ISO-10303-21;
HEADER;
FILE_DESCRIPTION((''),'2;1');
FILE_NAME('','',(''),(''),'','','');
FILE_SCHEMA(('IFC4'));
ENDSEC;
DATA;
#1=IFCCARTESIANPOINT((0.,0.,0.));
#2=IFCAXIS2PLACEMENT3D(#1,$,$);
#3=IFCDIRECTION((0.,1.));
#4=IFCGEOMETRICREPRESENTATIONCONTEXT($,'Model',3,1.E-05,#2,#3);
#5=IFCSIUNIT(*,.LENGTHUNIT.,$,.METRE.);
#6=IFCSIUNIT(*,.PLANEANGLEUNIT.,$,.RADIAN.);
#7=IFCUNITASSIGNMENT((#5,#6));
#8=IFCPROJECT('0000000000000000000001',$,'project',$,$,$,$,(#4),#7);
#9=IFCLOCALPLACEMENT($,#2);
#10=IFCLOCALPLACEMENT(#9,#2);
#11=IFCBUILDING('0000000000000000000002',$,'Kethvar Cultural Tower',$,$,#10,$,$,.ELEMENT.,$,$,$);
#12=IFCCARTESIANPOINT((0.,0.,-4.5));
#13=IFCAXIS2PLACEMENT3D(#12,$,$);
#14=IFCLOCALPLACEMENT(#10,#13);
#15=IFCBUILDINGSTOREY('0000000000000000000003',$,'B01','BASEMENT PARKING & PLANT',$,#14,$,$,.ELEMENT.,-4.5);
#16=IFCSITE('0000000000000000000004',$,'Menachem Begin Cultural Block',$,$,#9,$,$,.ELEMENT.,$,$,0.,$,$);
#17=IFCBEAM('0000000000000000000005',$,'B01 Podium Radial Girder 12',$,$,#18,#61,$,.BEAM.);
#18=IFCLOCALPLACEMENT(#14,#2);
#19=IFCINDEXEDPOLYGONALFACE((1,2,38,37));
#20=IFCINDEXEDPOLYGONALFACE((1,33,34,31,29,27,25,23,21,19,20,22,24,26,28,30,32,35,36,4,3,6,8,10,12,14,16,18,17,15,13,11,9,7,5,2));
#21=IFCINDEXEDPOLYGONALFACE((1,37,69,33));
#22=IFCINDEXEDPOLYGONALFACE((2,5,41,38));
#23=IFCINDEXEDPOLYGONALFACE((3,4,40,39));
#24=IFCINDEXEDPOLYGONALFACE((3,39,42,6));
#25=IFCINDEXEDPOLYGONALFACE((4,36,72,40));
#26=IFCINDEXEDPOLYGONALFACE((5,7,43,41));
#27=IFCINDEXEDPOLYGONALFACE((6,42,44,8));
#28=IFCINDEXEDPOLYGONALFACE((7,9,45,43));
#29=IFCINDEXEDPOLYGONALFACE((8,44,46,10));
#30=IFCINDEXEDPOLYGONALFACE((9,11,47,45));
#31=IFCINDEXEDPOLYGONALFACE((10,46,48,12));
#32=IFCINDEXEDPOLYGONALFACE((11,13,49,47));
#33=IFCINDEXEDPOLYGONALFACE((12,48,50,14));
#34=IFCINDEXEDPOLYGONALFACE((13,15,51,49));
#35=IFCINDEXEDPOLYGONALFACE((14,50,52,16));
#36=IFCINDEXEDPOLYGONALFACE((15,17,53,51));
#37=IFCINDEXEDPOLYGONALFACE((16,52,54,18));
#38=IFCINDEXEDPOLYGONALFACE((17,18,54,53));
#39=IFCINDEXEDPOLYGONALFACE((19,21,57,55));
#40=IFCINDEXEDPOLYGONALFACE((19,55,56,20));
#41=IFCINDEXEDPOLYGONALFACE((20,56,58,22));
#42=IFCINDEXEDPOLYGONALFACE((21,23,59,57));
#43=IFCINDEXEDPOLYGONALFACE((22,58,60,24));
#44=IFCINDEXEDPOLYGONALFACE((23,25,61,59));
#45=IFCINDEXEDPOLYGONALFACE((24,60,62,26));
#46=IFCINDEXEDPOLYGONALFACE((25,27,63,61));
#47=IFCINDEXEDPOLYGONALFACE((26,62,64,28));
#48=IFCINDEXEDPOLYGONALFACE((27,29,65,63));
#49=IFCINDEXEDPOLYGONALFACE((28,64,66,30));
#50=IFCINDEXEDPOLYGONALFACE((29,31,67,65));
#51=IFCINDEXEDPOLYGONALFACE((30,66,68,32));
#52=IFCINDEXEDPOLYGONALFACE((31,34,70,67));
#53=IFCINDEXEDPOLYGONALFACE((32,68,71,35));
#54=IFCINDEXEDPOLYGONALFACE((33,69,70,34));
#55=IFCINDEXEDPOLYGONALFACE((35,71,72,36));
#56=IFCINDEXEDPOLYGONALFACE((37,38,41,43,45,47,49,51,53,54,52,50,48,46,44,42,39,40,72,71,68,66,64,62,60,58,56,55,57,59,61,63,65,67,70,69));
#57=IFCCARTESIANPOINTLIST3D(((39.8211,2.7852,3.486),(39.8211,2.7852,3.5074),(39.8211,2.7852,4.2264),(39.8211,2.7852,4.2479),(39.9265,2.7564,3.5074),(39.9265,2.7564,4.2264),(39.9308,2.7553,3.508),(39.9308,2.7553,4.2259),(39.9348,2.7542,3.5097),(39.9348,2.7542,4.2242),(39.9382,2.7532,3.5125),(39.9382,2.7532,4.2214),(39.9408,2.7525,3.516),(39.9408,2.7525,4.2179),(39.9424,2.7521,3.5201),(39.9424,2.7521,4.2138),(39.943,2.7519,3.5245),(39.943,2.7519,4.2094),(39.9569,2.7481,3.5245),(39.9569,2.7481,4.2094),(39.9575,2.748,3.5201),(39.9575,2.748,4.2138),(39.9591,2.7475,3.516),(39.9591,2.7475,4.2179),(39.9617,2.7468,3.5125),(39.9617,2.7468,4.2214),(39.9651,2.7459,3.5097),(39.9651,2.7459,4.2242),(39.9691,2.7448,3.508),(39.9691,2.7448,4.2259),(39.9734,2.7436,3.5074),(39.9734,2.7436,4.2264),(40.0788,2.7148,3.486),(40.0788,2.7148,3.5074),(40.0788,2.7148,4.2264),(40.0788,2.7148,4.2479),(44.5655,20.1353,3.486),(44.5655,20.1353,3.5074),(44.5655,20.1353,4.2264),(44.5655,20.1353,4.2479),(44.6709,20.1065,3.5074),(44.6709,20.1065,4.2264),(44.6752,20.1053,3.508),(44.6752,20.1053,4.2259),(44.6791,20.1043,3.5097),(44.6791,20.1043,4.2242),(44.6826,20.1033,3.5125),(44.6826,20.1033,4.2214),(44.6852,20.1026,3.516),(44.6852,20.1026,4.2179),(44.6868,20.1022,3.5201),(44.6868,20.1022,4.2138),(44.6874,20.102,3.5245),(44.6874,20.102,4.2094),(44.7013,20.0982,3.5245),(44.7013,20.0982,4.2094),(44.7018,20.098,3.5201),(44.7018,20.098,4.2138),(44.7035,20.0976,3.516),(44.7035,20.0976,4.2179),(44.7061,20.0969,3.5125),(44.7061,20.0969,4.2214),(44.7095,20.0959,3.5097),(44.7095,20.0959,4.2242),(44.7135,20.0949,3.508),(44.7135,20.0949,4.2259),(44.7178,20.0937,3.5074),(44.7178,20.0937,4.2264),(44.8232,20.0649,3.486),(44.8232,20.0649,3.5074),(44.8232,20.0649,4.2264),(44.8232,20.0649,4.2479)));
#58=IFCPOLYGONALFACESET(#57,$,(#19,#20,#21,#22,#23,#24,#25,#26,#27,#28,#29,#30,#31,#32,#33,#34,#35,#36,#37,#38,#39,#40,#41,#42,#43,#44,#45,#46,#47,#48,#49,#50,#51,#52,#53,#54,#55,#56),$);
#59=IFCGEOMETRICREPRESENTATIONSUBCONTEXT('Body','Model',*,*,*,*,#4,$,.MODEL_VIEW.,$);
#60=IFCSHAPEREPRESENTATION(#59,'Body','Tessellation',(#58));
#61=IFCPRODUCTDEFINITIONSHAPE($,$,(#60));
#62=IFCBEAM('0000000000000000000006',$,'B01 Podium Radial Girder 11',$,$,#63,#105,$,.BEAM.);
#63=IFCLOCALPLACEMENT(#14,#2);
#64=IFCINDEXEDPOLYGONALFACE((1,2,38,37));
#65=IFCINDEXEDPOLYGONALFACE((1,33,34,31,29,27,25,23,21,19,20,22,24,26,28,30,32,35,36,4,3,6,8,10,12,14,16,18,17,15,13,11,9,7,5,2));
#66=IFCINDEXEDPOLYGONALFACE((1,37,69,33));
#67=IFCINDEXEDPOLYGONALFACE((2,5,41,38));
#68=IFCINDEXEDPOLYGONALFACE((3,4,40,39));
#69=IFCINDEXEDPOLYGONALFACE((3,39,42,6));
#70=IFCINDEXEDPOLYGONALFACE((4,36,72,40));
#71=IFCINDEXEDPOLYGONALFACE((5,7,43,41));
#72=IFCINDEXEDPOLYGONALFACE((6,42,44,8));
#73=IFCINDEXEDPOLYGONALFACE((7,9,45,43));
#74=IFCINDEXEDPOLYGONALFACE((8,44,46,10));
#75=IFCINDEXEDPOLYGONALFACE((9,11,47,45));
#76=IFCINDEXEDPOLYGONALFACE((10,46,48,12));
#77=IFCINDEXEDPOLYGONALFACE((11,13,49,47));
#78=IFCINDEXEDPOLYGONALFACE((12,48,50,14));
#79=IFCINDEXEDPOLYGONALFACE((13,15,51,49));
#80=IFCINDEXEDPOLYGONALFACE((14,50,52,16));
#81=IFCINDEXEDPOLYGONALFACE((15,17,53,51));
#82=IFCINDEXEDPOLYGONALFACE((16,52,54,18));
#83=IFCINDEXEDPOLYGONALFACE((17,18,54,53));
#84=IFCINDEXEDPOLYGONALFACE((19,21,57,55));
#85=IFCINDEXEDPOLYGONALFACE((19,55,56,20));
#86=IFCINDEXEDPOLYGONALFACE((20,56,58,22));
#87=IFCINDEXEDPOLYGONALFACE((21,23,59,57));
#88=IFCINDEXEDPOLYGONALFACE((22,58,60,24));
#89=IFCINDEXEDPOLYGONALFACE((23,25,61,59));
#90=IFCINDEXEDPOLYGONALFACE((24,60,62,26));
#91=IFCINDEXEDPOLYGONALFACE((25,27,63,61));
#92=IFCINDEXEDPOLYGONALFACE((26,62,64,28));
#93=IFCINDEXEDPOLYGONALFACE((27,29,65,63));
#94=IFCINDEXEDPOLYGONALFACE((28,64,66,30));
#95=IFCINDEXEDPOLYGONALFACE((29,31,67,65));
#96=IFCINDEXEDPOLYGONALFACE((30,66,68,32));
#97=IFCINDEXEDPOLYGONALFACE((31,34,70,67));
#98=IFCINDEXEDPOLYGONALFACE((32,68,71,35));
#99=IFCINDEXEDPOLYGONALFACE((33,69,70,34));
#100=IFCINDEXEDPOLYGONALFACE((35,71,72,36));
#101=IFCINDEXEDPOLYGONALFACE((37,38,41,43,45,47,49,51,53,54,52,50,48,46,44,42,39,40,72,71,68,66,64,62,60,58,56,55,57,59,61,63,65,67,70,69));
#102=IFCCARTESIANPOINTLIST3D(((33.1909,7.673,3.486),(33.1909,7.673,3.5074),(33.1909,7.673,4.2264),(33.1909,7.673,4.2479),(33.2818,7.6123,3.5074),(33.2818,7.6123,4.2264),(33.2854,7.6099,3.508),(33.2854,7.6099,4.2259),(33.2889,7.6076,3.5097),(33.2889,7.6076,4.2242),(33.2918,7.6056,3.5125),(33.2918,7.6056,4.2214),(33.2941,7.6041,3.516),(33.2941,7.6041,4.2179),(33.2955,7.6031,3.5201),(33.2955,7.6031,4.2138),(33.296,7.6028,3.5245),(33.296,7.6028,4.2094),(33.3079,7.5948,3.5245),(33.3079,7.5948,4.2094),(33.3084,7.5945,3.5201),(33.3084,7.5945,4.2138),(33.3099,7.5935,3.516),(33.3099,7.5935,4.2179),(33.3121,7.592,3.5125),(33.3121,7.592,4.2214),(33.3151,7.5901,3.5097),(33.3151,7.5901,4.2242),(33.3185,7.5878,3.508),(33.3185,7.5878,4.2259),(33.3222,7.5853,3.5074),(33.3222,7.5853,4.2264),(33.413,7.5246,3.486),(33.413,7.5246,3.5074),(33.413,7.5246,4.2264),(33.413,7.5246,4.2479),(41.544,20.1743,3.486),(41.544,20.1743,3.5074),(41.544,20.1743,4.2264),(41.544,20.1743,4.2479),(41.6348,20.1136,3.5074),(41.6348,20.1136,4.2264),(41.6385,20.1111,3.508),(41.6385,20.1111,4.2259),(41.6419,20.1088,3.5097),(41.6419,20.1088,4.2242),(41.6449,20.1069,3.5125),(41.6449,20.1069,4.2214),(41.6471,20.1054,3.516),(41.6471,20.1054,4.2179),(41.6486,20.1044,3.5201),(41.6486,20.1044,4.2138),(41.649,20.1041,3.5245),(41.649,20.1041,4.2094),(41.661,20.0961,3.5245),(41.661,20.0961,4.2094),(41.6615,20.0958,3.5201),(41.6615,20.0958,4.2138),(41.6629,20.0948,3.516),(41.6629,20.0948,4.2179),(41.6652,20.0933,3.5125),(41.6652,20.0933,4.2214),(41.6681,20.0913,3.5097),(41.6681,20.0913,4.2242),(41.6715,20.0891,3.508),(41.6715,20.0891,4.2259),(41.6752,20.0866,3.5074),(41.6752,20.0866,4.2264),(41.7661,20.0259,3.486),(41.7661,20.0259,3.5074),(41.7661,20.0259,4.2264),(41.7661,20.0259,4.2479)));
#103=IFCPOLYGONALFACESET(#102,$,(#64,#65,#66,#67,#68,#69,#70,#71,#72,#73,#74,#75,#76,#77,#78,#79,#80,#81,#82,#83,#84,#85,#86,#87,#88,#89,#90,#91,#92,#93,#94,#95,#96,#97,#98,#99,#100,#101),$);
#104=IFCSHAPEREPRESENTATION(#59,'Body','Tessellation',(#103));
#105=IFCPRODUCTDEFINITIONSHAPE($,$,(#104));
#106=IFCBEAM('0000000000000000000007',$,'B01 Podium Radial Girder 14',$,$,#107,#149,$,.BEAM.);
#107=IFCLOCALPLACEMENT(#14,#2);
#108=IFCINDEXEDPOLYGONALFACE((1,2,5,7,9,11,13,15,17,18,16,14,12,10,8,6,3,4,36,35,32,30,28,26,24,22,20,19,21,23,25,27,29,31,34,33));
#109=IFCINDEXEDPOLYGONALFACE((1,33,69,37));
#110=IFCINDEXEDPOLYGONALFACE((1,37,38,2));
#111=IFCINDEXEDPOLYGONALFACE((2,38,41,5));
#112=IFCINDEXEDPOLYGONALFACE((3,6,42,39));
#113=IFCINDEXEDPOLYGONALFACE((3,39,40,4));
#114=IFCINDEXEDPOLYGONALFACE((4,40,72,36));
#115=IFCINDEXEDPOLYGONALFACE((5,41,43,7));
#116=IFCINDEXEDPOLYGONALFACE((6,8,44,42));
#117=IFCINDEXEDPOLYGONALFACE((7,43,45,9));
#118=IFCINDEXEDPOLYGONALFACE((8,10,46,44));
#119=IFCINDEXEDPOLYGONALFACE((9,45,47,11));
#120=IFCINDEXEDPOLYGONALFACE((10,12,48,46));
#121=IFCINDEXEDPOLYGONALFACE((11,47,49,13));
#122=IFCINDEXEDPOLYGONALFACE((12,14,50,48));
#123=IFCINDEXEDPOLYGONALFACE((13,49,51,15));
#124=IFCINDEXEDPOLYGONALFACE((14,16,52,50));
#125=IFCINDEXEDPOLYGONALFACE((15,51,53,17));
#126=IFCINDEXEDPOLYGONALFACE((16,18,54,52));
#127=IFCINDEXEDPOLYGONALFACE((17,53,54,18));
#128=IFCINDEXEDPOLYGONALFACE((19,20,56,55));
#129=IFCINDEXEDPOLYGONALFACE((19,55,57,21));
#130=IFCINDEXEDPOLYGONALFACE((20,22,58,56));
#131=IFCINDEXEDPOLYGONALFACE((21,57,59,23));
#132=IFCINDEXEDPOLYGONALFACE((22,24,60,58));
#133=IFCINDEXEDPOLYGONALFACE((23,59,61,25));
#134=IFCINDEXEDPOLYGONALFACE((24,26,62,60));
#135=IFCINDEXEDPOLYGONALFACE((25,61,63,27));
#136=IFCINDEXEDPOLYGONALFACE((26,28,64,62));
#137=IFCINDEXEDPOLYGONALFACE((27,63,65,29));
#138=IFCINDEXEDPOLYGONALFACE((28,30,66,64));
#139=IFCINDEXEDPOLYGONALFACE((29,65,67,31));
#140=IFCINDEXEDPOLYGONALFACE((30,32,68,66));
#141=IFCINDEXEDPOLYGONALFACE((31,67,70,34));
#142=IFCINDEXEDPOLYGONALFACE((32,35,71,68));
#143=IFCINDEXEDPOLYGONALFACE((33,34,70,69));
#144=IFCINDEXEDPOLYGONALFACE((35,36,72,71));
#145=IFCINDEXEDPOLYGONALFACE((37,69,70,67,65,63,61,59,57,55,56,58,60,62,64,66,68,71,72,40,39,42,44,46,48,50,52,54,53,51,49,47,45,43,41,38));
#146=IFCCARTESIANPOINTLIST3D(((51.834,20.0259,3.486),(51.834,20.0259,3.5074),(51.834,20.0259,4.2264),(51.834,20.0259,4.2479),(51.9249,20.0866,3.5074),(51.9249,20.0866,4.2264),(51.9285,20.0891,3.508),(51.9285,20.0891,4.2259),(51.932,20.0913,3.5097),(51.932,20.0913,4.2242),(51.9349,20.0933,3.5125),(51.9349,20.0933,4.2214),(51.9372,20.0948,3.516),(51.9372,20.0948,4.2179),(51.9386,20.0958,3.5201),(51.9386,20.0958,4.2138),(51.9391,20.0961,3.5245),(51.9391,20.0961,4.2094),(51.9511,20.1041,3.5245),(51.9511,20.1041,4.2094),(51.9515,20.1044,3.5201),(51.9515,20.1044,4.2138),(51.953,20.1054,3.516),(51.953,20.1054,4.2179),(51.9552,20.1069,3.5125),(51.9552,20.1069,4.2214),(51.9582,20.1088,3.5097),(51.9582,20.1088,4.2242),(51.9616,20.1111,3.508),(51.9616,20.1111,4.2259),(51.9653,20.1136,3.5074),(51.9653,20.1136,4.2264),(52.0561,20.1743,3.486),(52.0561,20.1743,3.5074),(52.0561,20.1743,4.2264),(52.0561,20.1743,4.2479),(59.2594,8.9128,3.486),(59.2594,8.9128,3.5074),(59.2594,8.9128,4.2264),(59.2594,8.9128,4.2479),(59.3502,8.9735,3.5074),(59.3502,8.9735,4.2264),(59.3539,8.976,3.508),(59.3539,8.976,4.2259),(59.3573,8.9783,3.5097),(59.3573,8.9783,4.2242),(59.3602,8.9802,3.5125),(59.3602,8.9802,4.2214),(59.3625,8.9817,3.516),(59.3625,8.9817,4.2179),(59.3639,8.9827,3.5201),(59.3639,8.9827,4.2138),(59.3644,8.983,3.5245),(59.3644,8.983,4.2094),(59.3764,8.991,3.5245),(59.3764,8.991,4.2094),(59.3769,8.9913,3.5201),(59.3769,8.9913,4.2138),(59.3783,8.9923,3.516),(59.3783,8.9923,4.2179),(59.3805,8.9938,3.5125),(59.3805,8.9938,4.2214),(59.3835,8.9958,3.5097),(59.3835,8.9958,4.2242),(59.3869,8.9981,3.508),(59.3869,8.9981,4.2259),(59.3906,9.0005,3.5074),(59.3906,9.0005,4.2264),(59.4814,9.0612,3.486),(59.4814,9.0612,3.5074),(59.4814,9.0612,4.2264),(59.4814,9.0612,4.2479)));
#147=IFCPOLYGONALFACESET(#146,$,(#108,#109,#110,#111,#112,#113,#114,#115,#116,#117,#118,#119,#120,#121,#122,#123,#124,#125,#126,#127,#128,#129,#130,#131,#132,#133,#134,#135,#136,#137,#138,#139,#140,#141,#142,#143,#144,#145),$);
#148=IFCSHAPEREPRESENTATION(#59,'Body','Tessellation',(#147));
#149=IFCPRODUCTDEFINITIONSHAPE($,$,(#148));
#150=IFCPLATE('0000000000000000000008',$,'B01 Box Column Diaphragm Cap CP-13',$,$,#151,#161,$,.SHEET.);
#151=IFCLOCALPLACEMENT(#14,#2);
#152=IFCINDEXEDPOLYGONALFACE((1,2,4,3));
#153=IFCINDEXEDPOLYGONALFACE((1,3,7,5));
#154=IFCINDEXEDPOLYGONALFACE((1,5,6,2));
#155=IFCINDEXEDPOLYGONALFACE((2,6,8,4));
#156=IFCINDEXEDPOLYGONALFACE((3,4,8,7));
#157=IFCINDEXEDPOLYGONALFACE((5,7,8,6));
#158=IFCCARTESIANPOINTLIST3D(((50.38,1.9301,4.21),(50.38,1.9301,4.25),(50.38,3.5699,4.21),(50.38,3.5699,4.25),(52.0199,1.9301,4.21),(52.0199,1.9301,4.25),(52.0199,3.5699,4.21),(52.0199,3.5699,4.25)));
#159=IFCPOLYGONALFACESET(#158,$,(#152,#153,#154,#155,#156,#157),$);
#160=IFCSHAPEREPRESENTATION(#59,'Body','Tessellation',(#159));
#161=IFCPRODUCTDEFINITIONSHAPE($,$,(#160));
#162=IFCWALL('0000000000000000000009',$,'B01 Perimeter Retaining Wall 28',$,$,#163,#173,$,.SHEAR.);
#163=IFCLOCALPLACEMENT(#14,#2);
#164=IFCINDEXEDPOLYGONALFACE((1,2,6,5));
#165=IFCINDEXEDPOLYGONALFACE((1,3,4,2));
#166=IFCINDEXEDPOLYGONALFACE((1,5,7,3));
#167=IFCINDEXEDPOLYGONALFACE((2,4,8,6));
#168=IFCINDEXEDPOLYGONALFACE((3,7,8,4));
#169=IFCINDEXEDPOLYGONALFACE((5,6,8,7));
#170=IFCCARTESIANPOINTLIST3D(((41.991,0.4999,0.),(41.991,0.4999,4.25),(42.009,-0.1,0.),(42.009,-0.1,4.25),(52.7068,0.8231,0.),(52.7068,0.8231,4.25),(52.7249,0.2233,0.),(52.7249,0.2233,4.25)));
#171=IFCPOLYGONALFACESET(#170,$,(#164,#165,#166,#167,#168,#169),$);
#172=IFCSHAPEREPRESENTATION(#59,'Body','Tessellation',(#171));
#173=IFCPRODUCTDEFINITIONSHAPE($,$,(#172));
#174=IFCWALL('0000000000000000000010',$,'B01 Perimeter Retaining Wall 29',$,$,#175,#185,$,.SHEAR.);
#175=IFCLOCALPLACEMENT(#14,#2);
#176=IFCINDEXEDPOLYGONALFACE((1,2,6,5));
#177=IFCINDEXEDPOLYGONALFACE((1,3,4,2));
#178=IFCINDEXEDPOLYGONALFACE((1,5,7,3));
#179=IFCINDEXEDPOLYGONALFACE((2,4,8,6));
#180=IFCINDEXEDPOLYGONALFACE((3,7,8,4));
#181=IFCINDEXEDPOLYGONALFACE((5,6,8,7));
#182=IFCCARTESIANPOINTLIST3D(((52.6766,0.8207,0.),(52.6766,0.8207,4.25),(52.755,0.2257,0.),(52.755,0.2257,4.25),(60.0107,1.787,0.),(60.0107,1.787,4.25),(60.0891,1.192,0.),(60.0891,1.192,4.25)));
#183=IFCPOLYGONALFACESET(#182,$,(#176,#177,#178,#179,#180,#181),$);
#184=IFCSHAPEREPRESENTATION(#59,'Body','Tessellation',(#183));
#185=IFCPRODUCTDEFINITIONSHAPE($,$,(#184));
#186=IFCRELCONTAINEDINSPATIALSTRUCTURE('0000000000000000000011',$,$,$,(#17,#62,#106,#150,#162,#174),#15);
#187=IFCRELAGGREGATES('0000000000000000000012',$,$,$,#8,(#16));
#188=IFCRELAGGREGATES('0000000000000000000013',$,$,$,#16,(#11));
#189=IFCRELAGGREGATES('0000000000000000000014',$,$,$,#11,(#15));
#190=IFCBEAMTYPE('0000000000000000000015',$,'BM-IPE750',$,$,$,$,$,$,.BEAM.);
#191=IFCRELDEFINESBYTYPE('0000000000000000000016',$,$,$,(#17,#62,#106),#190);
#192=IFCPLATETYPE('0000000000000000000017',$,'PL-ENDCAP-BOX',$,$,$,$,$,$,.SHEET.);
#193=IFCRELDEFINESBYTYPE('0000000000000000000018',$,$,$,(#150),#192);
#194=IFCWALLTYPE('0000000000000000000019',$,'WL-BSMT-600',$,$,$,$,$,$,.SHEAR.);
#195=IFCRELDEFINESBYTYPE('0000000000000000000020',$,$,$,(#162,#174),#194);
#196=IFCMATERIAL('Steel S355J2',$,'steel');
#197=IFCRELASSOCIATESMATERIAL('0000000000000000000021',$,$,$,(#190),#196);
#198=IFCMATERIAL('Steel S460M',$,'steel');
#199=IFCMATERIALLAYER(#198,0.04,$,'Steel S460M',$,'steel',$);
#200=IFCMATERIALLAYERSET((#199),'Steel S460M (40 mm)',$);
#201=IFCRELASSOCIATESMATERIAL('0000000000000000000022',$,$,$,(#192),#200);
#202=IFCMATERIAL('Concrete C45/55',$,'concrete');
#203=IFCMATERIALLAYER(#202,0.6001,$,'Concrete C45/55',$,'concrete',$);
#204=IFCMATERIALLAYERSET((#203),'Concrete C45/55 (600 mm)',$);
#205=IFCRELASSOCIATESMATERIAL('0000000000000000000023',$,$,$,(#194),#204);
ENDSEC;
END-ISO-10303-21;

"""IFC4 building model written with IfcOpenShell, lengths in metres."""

from ifc_helpers import new_model, si_unit, direction, frame, frame_2d, origin, origin_2d, place, context, subcontext, project, spatial, rectangle, i_section, extrude, source, transform, mapped, material, layer, layer_set, material_profile, profile_set, type_object, element, save


model = new_model("IFC4")

# Units and contexts
model_context = context("Model", 3, precision=1e-05, world=origin(), true_north=direction((0.0, 1.0)))
body_context = subcontext(model_context, "Body", "Model", "MODEL_VIEW")
ifc_project = project(units=[si_unit("LENGTHUNIT", "METRE"), si_unit("PLANEANGLEUNIT", "RADIAN")], contexts=[model_context])

# Site, building, storey
site_placement = place(None, origin())
site = spatial("IfcSite", under=ifc_project, at=site_placement, Name="Menachem Begin Cultural Block", CompositionType="ELEMENT", RefElevation=0.0)
building_placement = place(site_placement, origin())
building = spatial("IfcBuilding", under=site, at=building_placement, Name="Kethvar Cultural Tower", CompositionType="ELEMENT")
storey_placement = place(building_placement, frame((0.0, 0.0, -4.5)))
storey = spatial("IfcBuildingStorey", under=building, at=storey_placement, Name="B01", Description="BASEMENT PARKING & PLANT", CompositionType="ELEMENT", Elevation=-4.5)

# Shared definitions
ifc_material_1 = material(Name="Steel S460M", Category="steel")

# Beams
ifc_material_2 = material(Name="Steel S355J2", Category="steel")
ifc_material_profile_1 = material_profile(ifc_material_2, i_section(OverallWidth=0.2671, OverallDepth=0.762, WebThickness=0.0144, FlangeThickness=0.0215, FilletRadius=0.0171, at=origin_2d()), Name="Steel S355J2 — IPE750x173")
ifc_profile_set_1 = profile_set([ifc_material_profile_1], Name="Steel S355J2 — IPE750x173")
beam_type_1 = type_object("IfcBeamType", Name="BM-IPE750", PredefinedType="BEAM", material=ifc_profile_set_1)
shared_shape_1 = source(origin(), body_context, "Body", "SweptSolid", [
    extrude(i_section(OverallWidth=0.2671, OverallDepth=0.762, WebThickness=0.0144, FlangeThickness=0.0215, FilletRadius=0.0171, at=origin_2d()), origin(), (0.0, 0.0, 1.0), 17.9871),
])
beam_1_placement = place(storey_placement, frame((44.6943, 20.1001, 3.8669), z_axis=(-0.263766, -0.964587, 0.0), x_axis=(0.964587, -0.263766, 0.0)))
element("IfcBeam", 1, at=beam_1_placement, inside=storey, type_object=beam_type_1, Name="B01 Podium Radial Girder 12", PredefinedType="BEAM", context=body_context, shape_type="MappedRepresentation", body=[
    mapped(shared_shape_1, transform((0.0, 0.0, 0.0), scale=1.0)),
])
shared_shape_2 = source(origin(), body_context, "Body", "SweptSolid", [
    extrude(i_section(OverallWidth=0.2671, OverallDepth=0.762, WebThickness=0.0144, FlangeThickness=0.0215, FilletRadius=0.0171, at=origin_2d()), origin(), (0.0, 0.0, 1.0), 15.0352),
])
beam_2_placement = place(storey_placement, frame((41.655, 20.1001, 3.8669), z_axis=(-0.555569, -0.83147, 0.0), x_axis=(0.83147, -0.555569, 0.0)))
element("IfcBeam", 2, at=beam_2_placement, inside=storey, type_object=beam_type_1, Name="B01 Podium Radial Girder 11", PredefinedType="BEAM", context=body_context, shape_type="MappedRepresentation", body=[
    mapped(shared_shape_2, transform((0.0, 0.0, 0.0), scale=1.0)),
])
shared_shape_3 = source(origin(), body_context, "Body", "SweptSolid", [
    extrude(i_section(OverallWidth=0.2671, OverallDepth=0.762, WebThickness=0.0144, FlangeThickness=0.0215, FilletRadius=0.0171, at=origin_2d()), origin(), (0.0, 0.0, 1.0), 13.3655),
])
beam_3_placement = place(storey_placement, frame((51.9451, 20.1001, 3.8669), z_axis=(0.55556, -0.831477, 0.0), x_axis=(0.831477, 0.55556, 0.0)))
element("IfcBeam", 3, at=beam_3_placement, inside=storey, type_object=beam_type_1, Name="B01 Podium Radial Girder 14", PredefinedType="BEAM", context=body_context, shape_type="MappedRepresentation", body=[
    mapped(shared_shape_3, transform((0.0, 0.0, 0.0), scale=1.0)),
])

# Plate
ifc_layer_1 = layer(ifc_material_1, 0.04, Name="Steel S460M", Category="steel")
ifc_layer_set_1 = layer_set([ifc_layer_1], Name="Steel S460M (40 mm)")
plate_type = type_object("IfcPlateType", Name="PL-ENDCAP-BOX", PredefinedType="SHEET", material=ifc_layer_set_1)
shared_shape_4 = source(origin(), body_context, "Body", "SweptSolid", [
    extrude(rectangle(XDim=1.6399, YDim=1.6399, at=origin_2d()), origin(), (0.0, 0.0, 1.0), 0.04),
])
plate_placement = place(storey_placement, frame((51.2, 2.75, 4.21), z_axis=(0.0, 0.0, 1.0), x_axis=(1.0, 0.0, 0.0)))
element("IfcPlate", 4, at=plate_placement, inside=storey, type_object=plate_type, Name="B01 Box Column Diaphragm Cap CP-13", PredefinedType="SHEET", context=body_context, shape_type="MappedRepresentation", body=[
    mapped(shared_shape_4, transform((0.0, 0.0, 0.0), scale=1.0)),
])

# Walls
ifc_material_3 = material(Name="Concrete C45/55", Category="concrete")
ifc_layer_2 = layer(ifc_material_3, 0.6001, Name="Concrete C45/55", Category="concrete")
ifc_layer_set_2 = layer_set([ifc_layer_2], Name="Concrete C45/55 (600 mm)")
wall_type_1 = type_object("IfcWallType", Name="WL-BSMT-600", PredefinedType="SHEAR", material=ifc_layer_set_2)
wall_1_placement = place(storey_placement, frame((42.0, 0.2, 0.0), z_axis=(0.0, 0.0, 1.0), x_axis=(0.999545, 0.030151, 0.0)))
element("IfcWall", 5, at=wall_1_placement, inside=storey, type_object=wall_type_1, Name="B01 Perimeter Retaining Wall 28", PredefinedType="SHEAR", context=body_context, shape_type="SweptSolid", body=[
    extrude(rectangle(XDim=10.7207, YDim=0.6001, at=frame_2d((5.3604, 0.0))), origin(), (0.0, 0.0, 1.0), 4.25),
])
wall_2_placement = place(storey_placement, frame((52.7158, 0.5232, 0.0), z_axis=(0.0, 0.0, 1.0), x_axis=(0.991431, 0.130629, 0.0)))
element("IfcWall", 6, at=wall_2_placement, inside=storey, type_object=wall_type_1, Name="B01 Perimeter Retaining Wall 29", PredefinedType="SHEAR", context=body_context, shape_type="SweptSolid", body=[
    extrude(rectangle(XDim=7.3975, YDim=0.6001, at=frame_2d((3.6987, 0.0))), origin(), (0.0, 0.0, 1.0), 4.25),
])

save(model, "model.ifc")
